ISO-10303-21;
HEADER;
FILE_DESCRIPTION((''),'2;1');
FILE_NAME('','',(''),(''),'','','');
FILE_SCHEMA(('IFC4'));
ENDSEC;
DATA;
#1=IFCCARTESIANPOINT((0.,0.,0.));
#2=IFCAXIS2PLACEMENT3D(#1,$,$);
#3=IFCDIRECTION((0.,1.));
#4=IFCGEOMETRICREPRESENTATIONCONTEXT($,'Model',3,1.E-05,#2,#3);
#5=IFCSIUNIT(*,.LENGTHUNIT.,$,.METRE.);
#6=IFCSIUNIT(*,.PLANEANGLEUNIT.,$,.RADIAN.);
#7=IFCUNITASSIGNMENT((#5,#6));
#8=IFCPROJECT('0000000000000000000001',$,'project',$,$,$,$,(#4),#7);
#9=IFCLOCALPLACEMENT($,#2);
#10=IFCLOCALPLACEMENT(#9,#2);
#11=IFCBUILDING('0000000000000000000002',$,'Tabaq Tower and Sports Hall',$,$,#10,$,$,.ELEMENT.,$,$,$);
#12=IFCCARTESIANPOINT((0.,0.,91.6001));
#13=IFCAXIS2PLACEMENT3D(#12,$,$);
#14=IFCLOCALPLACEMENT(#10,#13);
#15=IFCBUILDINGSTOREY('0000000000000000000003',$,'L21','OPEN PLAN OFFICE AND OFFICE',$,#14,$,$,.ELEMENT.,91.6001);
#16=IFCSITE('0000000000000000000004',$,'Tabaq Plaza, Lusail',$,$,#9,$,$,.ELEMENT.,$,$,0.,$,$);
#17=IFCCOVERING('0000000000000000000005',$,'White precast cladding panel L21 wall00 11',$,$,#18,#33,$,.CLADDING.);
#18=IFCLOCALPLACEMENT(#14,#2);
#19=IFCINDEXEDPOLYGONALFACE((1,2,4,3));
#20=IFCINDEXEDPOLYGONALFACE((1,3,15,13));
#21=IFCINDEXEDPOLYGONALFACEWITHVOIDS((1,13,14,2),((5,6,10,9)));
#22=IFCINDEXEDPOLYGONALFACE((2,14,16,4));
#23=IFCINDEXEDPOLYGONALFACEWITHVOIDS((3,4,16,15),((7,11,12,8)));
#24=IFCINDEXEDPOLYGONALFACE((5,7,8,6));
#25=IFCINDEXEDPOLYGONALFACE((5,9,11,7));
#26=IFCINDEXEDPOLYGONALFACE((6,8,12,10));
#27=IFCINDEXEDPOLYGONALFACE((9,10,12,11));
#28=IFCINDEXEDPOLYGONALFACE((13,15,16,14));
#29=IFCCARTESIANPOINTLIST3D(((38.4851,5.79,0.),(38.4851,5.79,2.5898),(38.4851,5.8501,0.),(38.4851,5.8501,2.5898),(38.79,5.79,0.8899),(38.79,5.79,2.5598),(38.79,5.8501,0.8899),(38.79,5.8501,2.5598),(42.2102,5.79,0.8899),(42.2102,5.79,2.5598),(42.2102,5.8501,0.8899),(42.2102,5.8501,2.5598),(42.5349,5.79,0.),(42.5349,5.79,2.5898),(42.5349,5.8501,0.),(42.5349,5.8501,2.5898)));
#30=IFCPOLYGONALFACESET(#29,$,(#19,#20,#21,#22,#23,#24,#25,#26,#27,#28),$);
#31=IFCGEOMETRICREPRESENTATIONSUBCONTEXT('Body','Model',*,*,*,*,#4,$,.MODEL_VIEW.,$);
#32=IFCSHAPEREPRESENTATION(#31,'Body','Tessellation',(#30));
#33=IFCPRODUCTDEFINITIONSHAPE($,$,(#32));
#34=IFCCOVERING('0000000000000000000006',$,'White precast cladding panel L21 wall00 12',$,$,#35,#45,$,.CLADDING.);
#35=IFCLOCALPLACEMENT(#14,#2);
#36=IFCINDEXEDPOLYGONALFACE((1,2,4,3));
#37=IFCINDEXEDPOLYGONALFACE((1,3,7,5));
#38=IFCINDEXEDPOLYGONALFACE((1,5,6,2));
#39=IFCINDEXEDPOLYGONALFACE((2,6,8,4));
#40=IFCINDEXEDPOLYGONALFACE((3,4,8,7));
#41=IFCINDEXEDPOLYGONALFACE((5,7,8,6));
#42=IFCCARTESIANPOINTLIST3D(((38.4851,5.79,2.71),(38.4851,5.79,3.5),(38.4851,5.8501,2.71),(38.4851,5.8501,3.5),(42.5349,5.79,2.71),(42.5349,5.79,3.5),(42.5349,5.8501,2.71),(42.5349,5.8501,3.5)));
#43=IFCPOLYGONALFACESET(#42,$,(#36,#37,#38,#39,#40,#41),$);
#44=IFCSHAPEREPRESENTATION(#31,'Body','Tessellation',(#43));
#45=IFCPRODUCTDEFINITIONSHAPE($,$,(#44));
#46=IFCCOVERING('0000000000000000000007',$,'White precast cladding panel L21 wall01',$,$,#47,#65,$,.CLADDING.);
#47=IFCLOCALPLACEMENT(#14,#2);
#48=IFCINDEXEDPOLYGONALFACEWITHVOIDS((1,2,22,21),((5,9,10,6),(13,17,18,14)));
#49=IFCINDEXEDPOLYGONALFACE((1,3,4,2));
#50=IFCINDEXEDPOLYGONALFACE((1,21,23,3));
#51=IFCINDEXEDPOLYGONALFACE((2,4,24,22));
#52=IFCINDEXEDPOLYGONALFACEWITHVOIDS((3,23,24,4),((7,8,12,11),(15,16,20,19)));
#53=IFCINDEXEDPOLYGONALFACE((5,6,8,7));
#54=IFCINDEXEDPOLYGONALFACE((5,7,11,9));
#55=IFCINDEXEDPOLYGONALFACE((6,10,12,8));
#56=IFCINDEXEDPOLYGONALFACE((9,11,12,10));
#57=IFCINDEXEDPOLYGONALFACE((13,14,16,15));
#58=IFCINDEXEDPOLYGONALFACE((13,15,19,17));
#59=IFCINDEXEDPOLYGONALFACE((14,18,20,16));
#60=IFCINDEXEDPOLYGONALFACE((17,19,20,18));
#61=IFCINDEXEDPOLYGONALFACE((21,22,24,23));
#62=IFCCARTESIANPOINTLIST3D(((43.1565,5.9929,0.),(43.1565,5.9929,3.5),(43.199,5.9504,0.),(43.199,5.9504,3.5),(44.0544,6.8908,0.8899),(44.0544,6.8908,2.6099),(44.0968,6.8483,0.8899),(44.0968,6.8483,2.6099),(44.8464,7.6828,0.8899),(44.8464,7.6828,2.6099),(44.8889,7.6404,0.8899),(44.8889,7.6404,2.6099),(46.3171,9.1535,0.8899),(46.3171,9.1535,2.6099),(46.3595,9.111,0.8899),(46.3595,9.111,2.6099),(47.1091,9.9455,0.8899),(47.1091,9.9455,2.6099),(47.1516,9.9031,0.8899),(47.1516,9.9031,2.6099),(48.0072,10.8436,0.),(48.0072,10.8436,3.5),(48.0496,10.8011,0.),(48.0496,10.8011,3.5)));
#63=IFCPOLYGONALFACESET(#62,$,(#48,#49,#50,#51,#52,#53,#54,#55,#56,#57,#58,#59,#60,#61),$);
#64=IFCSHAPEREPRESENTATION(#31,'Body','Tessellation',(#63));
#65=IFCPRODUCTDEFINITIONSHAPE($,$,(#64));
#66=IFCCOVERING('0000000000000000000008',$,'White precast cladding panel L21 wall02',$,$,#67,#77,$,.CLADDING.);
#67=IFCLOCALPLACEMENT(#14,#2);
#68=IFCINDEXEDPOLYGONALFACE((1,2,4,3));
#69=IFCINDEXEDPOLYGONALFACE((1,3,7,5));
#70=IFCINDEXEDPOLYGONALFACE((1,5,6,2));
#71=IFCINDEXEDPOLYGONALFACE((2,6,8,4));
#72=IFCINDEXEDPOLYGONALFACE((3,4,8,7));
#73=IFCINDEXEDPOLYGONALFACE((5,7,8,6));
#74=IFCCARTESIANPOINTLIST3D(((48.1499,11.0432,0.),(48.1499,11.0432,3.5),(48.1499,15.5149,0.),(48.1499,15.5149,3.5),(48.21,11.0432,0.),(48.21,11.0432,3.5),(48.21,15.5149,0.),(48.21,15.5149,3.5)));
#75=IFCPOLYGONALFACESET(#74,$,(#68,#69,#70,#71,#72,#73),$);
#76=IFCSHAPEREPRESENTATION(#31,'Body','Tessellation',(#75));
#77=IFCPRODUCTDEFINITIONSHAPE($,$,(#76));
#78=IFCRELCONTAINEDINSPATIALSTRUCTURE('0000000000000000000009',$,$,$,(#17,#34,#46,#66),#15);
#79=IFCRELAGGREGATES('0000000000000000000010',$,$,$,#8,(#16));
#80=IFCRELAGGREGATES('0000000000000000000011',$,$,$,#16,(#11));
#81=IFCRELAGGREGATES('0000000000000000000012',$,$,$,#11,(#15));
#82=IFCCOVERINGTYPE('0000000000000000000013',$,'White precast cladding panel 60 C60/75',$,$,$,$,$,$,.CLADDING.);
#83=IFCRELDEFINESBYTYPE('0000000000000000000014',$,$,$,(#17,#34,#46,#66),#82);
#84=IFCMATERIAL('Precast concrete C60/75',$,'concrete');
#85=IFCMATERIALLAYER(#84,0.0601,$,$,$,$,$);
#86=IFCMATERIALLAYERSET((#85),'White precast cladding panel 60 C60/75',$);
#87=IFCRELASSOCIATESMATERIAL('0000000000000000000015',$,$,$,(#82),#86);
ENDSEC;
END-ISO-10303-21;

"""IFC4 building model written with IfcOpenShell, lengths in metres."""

from ifc_helpers import new_model, si_unit, direction, frame, frame_2d, origin, place, context, subcontext, project, spatial, polyline, rectangle, outline, extrude, material, layer, layer_set, type_object, element, save


model = new_model("IFC4")

# Units and contexts
model_context = context("Model", 3, precision=1e-05, world=origin(), true_north=direction((0.0, 1.0)))
body_context = subcontext(model_context, "Body", "Model", "MODEL_VIEW")
ifc_project = project(units=[si_unit("LENGTHUNIT", "METRE"), si_unit("PLANEANGLEUNIT", "RADIAN")], contexts=[model_context])

# Site, building, storey
site_placement = place(None, origin())
site = spatial("IfcSite", under=ifc_project, at=site_placement, Name="Tabaq Plaza, Lusail", CompositionType="ELEMENT", RefElevation=0.0)
building_placement = place(site_placement, origin())
building = spatial("IfcBuilding", under=site, at=building_placement, Name="Tabaq Tower and Sports Hall", CompositionType="ELEMENT")
storey_placement = place(building_placement, frame((0.0, 0.0, 91.6001)))
storey = spatial("IfcBuildingStorey", under=building, at=storey_placement, Name="L21", Description="OPEN PLAN OFFICE AND OFFICE", CompositionType="ELEMENT", Elevation=91.6001)

# Coverings
ifc_material_1 = material(Name="Precast concrete C60/75", Category="concrete")
ifc_layer_1 = layer(ifc_material_1, 0.0601)
ifc_layer_set_1 = layer_set([ifc_layer_1], Name="White precast cladding panel 60 C60/75")
covering_type_1 = type_object("IfcCoveringType", Name="White precast cladding panel 60 C60/75", PredefinedType="CLADDING", material=ifc_layer_set_1)
covering_1_placement = place(storey_placement, frame((38.4851, 5.8201, 0.0), z_axis=(0.0, 0.0, 1.0), x_axis=(1.0, 0.0, 0.0)))
element("IfcCovering", 1, at=covering_1_placement, inside=storey, type_object=covering_type_1, Name="White precast cladding panel L21 wall00 11", PredefinedType="CLADDING", context=body_context, shape_type="SweptSolid", body=[
    extrude(outline(polyline([(0.0, 0.0), (4.0498, 0.0), (4.0498, 2.5898), (0.0, 2.5898), (0.0, 0.0)]), holes=[polyline([(3.7251, 0.8899), (0.3049, 0.8899), (0.3049, 2.5598), (3.7251, 2.5598), (3.7251, 0.8899)])]), frame((0.0, 0.03, 0.0), z_axis=(0.0, -1.0, 0.0), x_axis=(1.0, 0.0, 0.0)), (0.0, 0.0, 1.0), 0.0601),
])
covering_2_placement = place(storey_placement, frame((38.4851, 5.8201, 2.71), z_axis=(0.0, 0.0, 1.0), x_axis=(1.0, 0.0, 0.0)))
element("IfcCovering", 2, at=covering_2_placement, inside=storey, type_object=covering_type_1, Name="White precast cladding panel L21 wall00 12", PredefinedType="CLADDING", context=body_context, shape_type="SweptSolid", body=[
    extrude(rectangle(XDim=4.0498, YDim=0.0601, at=frame_2d((2.0249, 0.0))), origin(), (0.0, 0.0, 1.0), 0.79),
])
covering_3_placement = place(storey_placement, frame((43.1777, 5.9717, 0.0), z_axis=(0.0, 0.0, 1.0), x_axis=(0.707107, 0.707107, 0.0)))
element("IfcCovering", 3, at=covering_3_placement, inside=storey, type_object=covering_type_1, Name="White precast cladding panel L21 wall01", PredefinedType="CLADDING", context=body_context, shape_type="SweptSolid", body=[
    extrude(outline(polyline([(0.0, 0.0), (6.8599, 0.0), (6.8599, 3.5), (0.0, 3.5), (0.0, 0.0)]), holes=[polyline([(1.2698, 2.6099), (2.3899, 2.6099), (2.3899, 0.8899), (1.2698, 0.8899), (1.2698, 2.6099)]), polyline([(4.4697, 2.6099), (5.5898, 2.6099), (5.5898, 0.8899), (4.4697, 0.8899), (4.4697, 2.6099)])]), frame((0.0, 0.03, 0.0), z_axis=(0.0, -1.0, 0.0), x_axis=(1.0, 0.0, 0.0)), (0.0, 0.0, 1.0), 0.0601),
])
covering_4_placement = place(storey_placement, frame((48.1799, 11.0432, 0.0), z_axis=(0.0, 0.0, 1.0), x_axis=(0.0, 1.0, 0.0)))
element("IfcCovering", 4, at=covering_4_placement, inside=storey, type_object=covering_type_1, Name="White precast cladding panel L21 wall02", PredefinedType="CLADDING", context=body_context, shape_type="SweptSolid", body=[
    extrude(rectangle(XDim=4.4717, YDim=0.0601, at=frame_2d((2.2358, 0.0))), origin(), (0.0, 0.0, 1.0), 3.5),
])

save(model, "model.ifc")
